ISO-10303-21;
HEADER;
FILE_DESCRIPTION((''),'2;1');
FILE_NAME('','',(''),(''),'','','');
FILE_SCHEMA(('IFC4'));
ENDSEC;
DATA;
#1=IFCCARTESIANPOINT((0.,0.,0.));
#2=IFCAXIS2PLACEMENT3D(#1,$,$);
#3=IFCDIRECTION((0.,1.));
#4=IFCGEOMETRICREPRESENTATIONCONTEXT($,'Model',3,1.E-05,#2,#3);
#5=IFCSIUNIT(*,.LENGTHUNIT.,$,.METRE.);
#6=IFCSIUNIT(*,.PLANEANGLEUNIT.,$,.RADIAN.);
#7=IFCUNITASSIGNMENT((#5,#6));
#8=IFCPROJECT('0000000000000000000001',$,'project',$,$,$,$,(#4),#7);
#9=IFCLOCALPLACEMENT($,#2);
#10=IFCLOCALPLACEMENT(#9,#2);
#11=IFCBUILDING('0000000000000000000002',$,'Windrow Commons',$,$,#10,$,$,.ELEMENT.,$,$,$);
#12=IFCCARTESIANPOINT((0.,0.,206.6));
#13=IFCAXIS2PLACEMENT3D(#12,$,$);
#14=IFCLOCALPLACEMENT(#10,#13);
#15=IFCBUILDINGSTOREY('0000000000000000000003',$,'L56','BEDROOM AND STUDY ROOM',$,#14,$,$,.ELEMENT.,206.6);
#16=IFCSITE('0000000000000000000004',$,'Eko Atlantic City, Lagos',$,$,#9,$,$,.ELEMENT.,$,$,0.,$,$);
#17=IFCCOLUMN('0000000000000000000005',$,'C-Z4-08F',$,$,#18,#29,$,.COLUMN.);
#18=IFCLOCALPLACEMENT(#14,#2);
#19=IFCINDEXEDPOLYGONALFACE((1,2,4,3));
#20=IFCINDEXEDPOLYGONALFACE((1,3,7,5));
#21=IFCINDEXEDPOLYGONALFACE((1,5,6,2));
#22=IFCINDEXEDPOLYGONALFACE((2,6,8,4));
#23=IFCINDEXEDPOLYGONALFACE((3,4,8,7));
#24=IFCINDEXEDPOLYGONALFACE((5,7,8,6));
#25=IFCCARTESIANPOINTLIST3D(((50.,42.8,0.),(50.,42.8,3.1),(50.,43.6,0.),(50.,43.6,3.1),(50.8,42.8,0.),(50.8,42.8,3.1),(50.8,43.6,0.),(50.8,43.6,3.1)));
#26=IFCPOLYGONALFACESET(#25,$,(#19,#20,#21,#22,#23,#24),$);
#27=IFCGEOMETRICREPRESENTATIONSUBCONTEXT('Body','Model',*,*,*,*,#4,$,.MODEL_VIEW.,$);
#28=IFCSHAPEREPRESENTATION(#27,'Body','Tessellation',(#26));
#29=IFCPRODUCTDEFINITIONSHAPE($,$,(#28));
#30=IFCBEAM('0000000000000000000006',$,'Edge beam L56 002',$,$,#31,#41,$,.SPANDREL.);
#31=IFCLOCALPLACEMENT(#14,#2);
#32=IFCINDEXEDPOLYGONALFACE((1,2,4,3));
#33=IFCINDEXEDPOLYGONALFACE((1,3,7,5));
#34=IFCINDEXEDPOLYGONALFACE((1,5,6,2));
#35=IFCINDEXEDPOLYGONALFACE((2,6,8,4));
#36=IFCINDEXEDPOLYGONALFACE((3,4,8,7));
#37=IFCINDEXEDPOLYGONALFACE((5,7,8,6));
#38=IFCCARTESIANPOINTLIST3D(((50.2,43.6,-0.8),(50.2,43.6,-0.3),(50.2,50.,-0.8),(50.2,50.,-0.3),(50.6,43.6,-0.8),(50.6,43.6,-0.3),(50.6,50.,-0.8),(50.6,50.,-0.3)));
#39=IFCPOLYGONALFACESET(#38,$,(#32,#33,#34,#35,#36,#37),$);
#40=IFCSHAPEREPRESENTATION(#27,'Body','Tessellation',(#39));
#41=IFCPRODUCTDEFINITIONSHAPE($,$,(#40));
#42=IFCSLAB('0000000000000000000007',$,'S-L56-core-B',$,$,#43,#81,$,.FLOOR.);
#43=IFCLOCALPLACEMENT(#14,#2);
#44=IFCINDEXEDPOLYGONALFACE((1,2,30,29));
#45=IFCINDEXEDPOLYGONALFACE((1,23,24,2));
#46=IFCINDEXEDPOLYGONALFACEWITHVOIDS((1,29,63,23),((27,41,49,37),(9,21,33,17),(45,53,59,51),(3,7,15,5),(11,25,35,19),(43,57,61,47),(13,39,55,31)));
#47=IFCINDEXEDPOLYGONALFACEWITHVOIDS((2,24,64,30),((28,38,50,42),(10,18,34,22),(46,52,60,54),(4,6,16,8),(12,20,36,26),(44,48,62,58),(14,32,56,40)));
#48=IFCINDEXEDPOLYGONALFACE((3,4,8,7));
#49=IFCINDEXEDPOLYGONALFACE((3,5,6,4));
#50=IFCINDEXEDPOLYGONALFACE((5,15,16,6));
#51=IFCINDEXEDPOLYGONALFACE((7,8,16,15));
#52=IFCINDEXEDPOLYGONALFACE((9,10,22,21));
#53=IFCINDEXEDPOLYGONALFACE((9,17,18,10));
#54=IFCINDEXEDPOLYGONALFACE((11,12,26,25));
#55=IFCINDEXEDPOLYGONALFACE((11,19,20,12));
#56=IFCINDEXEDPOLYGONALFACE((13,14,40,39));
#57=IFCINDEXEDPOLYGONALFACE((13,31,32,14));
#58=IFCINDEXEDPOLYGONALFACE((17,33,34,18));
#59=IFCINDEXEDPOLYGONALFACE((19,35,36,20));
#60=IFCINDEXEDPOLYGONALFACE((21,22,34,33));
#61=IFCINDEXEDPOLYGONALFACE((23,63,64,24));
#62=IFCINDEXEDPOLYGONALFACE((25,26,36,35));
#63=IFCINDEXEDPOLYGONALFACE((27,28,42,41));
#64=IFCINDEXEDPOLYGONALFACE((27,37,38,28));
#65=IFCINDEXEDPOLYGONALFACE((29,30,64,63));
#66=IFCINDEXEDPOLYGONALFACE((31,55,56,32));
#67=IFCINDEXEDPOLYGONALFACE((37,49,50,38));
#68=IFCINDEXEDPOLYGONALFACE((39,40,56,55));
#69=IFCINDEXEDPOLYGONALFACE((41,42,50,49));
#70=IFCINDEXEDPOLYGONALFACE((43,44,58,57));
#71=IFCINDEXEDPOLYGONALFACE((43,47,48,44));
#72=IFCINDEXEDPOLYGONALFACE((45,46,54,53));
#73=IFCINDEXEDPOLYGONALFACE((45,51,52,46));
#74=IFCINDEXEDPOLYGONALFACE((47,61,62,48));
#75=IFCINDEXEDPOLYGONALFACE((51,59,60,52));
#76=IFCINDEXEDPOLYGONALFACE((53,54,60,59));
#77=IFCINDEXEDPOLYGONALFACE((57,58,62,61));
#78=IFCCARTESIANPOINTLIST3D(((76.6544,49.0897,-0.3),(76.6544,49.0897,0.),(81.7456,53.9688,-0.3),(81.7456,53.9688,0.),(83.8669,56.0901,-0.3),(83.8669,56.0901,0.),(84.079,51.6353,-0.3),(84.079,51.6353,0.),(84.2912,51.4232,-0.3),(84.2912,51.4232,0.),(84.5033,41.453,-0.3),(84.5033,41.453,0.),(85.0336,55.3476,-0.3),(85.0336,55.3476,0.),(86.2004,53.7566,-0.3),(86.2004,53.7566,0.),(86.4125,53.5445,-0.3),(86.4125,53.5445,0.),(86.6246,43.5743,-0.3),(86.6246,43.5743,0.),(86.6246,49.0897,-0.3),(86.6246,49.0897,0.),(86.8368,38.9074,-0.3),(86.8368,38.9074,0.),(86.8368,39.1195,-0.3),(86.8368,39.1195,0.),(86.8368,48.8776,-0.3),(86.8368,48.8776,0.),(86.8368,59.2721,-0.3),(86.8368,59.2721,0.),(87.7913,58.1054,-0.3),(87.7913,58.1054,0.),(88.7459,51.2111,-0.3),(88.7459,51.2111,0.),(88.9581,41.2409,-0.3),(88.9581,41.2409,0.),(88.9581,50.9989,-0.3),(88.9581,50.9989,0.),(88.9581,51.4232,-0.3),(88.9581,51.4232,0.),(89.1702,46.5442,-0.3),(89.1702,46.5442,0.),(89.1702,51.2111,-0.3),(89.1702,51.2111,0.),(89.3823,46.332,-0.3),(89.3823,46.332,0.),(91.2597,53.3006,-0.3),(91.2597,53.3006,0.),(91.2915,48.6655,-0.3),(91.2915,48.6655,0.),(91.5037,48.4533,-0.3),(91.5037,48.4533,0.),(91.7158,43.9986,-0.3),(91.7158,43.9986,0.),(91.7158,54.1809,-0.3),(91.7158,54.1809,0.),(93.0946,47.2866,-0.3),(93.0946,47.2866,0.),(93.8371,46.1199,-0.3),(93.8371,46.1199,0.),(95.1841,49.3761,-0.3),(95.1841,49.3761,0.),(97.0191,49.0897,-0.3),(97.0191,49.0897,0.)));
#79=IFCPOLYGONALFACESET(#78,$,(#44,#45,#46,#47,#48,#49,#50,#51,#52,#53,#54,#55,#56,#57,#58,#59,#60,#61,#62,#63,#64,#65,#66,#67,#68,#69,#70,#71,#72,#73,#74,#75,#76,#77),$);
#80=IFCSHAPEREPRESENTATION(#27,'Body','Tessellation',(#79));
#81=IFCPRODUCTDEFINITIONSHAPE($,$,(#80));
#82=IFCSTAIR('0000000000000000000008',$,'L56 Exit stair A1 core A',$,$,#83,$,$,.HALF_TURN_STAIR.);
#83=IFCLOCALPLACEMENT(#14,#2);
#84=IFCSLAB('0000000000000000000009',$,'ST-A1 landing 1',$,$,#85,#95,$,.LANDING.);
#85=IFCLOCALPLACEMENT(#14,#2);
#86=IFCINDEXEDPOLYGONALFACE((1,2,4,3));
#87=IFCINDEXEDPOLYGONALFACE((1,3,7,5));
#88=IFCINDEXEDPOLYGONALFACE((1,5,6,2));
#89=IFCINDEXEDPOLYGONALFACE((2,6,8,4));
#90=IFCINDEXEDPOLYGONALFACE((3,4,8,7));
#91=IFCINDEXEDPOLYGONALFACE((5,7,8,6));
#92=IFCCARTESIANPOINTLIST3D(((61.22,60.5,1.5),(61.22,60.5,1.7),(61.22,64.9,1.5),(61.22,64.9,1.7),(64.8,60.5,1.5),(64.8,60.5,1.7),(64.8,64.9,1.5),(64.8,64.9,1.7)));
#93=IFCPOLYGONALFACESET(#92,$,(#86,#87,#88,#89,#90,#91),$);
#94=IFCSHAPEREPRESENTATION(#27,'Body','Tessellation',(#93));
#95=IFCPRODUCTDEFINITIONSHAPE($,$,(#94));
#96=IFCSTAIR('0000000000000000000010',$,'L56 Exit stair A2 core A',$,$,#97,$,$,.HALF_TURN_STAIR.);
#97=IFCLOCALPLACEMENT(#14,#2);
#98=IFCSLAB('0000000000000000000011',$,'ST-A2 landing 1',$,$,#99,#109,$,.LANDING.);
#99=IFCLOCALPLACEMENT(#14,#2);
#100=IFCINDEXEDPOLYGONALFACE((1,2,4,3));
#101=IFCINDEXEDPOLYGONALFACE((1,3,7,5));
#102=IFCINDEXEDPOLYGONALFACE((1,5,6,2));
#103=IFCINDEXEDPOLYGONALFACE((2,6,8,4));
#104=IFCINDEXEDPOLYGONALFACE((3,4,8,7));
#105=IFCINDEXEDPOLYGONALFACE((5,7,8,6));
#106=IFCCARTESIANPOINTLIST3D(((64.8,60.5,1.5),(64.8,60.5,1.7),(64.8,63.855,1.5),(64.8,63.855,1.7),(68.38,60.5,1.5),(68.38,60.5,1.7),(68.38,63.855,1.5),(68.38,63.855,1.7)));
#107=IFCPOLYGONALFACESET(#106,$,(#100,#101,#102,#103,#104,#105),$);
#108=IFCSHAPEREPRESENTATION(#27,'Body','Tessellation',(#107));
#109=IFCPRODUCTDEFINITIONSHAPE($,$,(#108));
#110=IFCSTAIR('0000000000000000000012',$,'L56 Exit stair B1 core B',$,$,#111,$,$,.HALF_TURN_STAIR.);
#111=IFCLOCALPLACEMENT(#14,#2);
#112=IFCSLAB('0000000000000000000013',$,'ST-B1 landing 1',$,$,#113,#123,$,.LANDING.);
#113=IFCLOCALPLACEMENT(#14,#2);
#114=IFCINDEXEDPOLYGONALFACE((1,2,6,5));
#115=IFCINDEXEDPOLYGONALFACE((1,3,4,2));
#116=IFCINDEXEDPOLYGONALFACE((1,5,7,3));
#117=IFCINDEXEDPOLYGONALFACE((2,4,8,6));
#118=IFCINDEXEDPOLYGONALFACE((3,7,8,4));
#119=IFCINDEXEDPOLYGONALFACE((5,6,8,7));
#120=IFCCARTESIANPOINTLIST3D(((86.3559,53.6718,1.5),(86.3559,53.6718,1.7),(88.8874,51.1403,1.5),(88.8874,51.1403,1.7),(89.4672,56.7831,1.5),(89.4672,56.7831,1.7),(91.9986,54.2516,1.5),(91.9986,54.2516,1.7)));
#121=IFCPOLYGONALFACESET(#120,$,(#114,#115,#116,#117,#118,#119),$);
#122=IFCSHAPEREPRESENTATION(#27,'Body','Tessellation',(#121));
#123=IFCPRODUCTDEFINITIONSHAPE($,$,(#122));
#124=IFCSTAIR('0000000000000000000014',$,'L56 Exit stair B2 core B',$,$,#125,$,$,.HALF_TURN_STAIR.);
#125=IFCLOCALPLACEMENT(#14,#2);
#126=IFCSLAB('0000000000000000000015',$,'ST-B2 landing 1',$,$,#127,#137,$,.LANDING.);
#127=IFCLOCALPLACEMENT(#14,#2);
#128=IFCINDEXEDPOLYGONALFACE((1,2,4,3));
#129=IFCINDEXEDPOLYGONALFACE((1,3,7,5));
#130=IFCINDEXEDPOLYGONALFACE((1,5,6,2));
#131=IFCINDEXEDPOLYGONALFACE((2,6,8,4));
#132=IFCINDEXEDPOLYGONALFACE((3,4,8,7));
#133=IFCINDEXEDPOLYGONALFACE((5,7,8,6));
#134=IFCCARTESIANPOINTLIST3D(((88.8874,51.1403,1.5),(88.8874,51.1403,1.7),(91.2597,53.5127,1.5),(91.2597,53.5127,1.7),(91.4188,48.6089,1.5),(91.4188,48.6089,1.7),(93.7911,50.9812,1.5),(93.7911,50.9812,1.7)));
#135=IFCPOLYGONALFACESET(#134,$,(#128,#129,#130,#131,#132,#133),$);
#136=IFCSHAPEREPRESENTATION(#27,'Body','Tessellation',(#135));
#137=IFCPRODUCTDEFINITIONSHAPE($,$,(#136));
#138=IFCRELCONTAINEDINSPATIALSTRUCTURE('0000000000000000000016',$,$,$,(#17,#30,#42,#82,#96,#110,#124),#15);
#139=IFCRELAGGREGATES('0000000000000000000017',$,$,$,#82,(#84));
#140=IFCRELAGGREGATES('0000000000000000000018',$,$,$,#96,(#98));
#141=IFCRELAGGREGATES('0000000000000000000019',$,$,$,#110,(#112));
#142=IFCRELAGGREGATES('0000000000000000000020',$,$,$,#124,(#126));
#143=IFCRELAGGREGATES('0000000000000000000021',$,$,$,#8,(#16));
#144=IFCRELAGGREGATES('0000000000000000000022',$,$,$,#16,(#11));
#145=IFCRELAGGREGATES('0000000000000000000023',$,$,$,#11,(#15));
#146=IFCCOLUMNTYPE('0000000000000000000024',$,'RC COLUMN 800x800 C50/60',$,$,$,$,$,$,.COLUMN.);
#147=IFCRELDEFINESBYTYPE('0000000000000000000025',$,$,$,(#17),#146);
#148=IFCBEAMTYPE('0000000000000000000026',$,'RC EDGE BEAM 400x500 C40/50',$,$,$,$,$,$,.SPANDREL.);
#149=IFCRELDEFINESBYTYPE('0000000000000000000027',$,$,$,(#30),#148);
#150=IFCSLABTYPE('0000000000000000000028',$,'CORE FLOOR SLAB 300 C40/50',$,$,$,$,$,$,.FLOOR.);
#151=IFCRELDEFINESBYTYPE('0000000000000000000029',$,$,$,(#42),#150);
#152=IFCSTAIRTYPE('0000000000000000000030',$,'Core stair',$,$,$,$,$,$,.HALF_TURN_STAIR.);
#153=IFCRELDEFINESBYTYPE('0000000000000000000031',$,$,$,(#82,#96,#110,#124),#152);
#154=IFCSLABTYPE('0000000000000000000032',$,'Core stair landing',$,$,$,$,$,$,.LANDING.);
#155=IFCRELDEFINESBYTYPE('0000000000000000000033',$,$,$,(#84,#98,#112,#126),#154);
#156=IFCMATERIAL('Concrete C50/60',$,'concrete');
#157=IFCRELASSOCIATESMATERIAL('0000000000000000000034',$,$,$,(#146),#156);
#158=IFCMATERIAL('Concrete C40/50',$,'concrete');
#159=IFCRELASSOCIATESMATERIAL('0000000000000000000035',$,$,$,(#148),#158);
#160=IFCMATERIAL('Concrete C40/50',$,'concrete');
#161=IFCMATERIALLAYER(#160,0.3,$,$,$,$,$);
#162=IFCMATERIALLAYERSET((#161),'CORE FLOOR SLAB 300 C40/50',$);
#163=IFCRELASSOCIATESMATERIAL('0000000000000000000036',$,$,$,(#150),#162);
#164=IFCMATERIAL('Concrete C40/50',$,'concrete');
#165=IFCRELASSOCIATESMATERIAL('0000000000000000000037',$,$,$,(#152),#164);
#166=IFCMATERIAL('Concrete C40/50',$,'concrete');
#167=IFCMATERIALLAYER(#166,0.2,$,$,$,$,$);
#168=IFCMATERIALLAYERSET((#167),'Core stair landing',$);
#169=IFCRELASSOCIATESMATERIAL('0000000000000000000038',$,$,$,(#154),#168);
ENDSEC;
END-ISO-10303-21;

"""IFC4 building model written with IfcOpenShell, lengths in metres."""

from ifc_helpers import new_model, si_unit, direction, frame, origin, origin_2d, place, context, subcontext, project, spatial, polyline, rectangle, outline, extrude, material, layer, layer_set, material_profile, profile_set, type_object, element, aggregate, save


model = new_model("IFC4")

# Units and contexts
model_context = context("Model", 3, precision=1e-05, world=origin(), true_north=direction((0.0, 1.0)))
body_context = subcontext(model_context, "Body", "Model", "MODEL_VIEW")
ifc_project = project(units=[si_unit("LENGTHUNIT", "METRE"), si_unit("PLANEANGLEUNIT", "RADIAN")], contexts=[model_context])

# Site, building, storey
site_placement = place(None, origin())
site = spatial("IfcSite", under=ifc_project, at=site_placement, Name="Eko Atlantic City, Lagos", CompositionType="ELEMENT", RefElevation=0.0)
building_placement = place(site_placement, origin())
building = spatial("IfcBuilding", under=site, at=building_placement, Name="Windrow Commons", CompositionType="ELEMENT")
storey_placement = place(building_placement, frame((0.0, 0.0, 206.6)))
storey = spatial("IfcBuildingStorey", under=building, at=storey_placement, Name="L56", Description="BEDROOM AND STUDY ROOM", CompositionType="ELEMENT", Elevation=206.6)

# Column
ifc_material_1 = material(Name="Concrete C50/60", Category="concrete")
ifc_material_profile_1 = material_profile(ifc_material_1, rectangle(XDim=0.8, YDim=0.8, at=origin_2d()))
ifc_profile_set_1 = profile_set([ifc_material_profile_1], Name="Concrete C50/60")
column_type = type_object("IfcColumnType", Name="RC COLUMN 800x800 C50/60", PredefinedType="COLUMN", material=ifc_profile_set_1)
column_placement = place(storey_placement, frame((50.4, 43.2, 0.0), z_axis=(0.0, 0.0, 1.0), x_axis=(1.0, 0.0, 0.0)))
element("IfcColumn", 1, at=column_placement, inside=storey, type_object=column_type, Name="C-Z4-08F", PredefinedType="COLUMN", context=body_context, shape_type="SweptSolid", body=[
    extrude(rectangle(XDim=0.8, YDim=0.8, at=origin_2d()), origin(), (0.0, 0.0, 1.0), 3.1),
])

# Beam
ifc_material_2 = material(Name="Concrete C40/50", Category="concrete")
ifc_material_profile_2 = material_profile(ifc_material_2, rectangle(XDim=0.4, YDim=0.5, at=origin_2d()))
ifc_profile_set_2 = profile_set([ifc_material_profile_2], Name="Concrete C40/50")
beam_type = type_object("IfcBeamType", Name="RC EDGE BEAM 400x500 C40/50", PredefinedType="SPANDREL", material=ifc_profile_set_2)
beam_placement = place(storey_placement, frame((50.4, 43.6, -0.55), z_axis=(0.0, 1.0, 0.0), x_axis=(-1.0, 0.0, 0.0)))
element("IfcBeam", 2, at=beam_placement, inside=storey, type_object=beam_type, Name="Edge beam L56 002", PredefinedType="SPANDREL", context=body_context, shape_type="SweptSolid", body=[
    extrude(rectangle(XDim=0.4, YDim=0.5, at=origin_2d()), origin(), (0.0, 0.0, 1.0), 6.4),
])

# Slab, openings
ifc_material_3 = material(Name="Concrete C40/50", Category="concrete")
ifc_layer_1 = layer(ifc_material_3, 0.3)
ifc_layer_set_1 = layer_set([ifc_layer_1], Name="CORE FLOOR SLAB 300 C40/50")
slab_type_1 = type_object("IfcSlabType", Name="CORE FLOOR SLAB 300 C40/50", PredefinedType="FLOOR", material=ifc_layer_set_1)
placement_1 = place(storey_placement, frame((0.0, 0.0, -0.3)))
slab_1 = element("IfcSlab", 3, at=placement_1, inside=storey, type_object=slab_type_1, Name="S-L56-core-B", PredefinedType="FLOOR", context=body_context, shape_type="SweptSolid", body=[
    extrude(outline(polyline([(76.6544, 49.0897), (86.8368, 38.9074), (97.0191, 49.0897), (86.8368, 59.2721), (76.6544, 49.0897)]), holes=[polyline([(84.5033, 41.453), (86.8368, 39.1195), (88.9581, 41.2409), (86.6246, 43.5743), (84.5033, 41.453)]), polyline([(81.7456, 53.9688), (84.079, 51.6353), (86.2004, 53.7566), (83.8669, 56.0901), (81.7456, 53.9688)]), polyline([(84.2912, 51.4232), (86.6246, 49.0897), (88.7459, 51.2111), (86.4125, 53.5445), (84.2912, 51.4232)]), polyline([(86.8368, 48.8776), (89.1702, 46.5442), (91.2915, 48.6655), (88.9581, 50.9989), (86.8368, 48.8776)]), polyline([(89.3823, 46.332), (91.7158, 43.9986), (93.8371, 46.1199), (91.5037, 48.4533), (89.3823, 46.332)]), polyline([(85.0336, 55.3476), (88.9581, 51.4232), (91.7158, 54.1809), (87.7913, 58.1054), (85.0336, 55.3476)]), polyline([(89.1702, 51.2111), (93.0946, 47.2866), (95.1841, 49.3761), (91.2597, 53.3006), (89.1702, 51.2111)])]), origin(), (0.0, 0.0, 1.0), 0.3),
])
opening_1_placement = place(placement_1, origin())
element("IfcOpeningElement", 4, at=opening_1_placement, cuts=slab_1, PredefinedType="OPENING", context=body_context, shape_type="SweptSolid", body=[
    extrude(outline(polyline([(84.5104, 41.453), (86.6246, 43.5672), (88.951, 41.2409), (86.8368, 39.1266), (84.5104, 41.453)])), origin(), (0.0, 0.0, 1.0), 0.3),
])
opening_2_placement = place(placement_1, origin())
element("IfcOpeningElement", 5, at=opening_2_placement, cuts=slab_1, PredefinedType="OPENING", context=body_context, shape_type="SweptSolid", body=[
    extrude(outline(polyline([(81.7527, 53.9688), (83.8669, 56.083), (86.1933, 53.7566), (84.079, 51.6424), (81.7527, 53.9688)])), origin(), (0.0, 0.0, 1.0), 0.3),
])
opening_3_placement = place(placement_1, origin())
element("IfcOpeningElement", 6, at=opening_3_placement, cuts=slab_1, PredefinedType="OPENING", context=body_context, shape_type="SweptSolid", body=[
    extrude(outline(polyline([(84.2983, 51.4232), (86.4125, 53.5374), (88.7388, 51.2111), (86.6246, 49.0968), (84.2983, 51.4232)])), origin(), (0.0, 0.0, 1.0), 0.3),
])
opening_4_placement = place(placement_1, origin())
element("IfcOpeningElement", 7, at=opening_4_placement, cuts=slab_1, PredefinedType="OPENING", context=body_context, shape_type="SweptSolid", body=[
    extrude(outline(polyline([(86.8439, 48.8776), (88.9581, 50.9918), (91.2844, 48.6655), (89.1702, 46.5513), (86.8439, 48.8776)])), origin(), (0.0, 0.0, 1.0), 0.3),
])
opening_5_placement = place(placement_1, origin())
element("IfcOpeningElement", 8, at=opening_5_placement, cuts=slab_1, PredefinedType="OPENING", context=body_context, shape_type="SweptSolid", body=[
    extrude(outline(polyline([(89.3894, 46.332), (91.5037, 48.4462), (93.83, 46.1199), (91.7158, 44.0057), (89.3894, 46.332)])), origin(), (0.0, 0.0, 1.0), 0.3),
])
opening_6_placement = place(placement_1, origin())
element("IfcOpeningElement", 9, at=opening_6_placement, cuts=slab_1, PredefinedType="OPENING", context=body_context, shape_type="SweptSolid", body=[
    extrude(outline(polyline([(85.0407, 55.3476), (87.7913, 58.0983), (91.7087, 54.1809), (88.9581, 51.4303), (85.0407, 55.3476)])), origin(), (0.0, 0.0, 1.0), 0.3),
])
opening_7_placement = place(placement_1, origin())
element("IfcOpeningElement", 10, at=opening_7_placement, cuts=slab_1, PredefinedType="OPENING", context=body_context, shape_type="SweptSolid", body=[
    extrude(outline(polyline([(89.1773, 51.2111), (91.2597, 53.2935), (95.177, 49.3761), (93.0946, 47.2937), (89.1773, 51.2111)])), origin(), (0.0, 0.0, 1.0), 0.3),
])

# Stairs, slabs
ifc_material_4 = material(Name="Concrete C40/50", Category="concrete")
stair_type = type_object("IfcStairType", Name="Core stair", PredefinedType="HALF_TURN_STAIR", material=ifc_material_4)
placement_2 = place(storey_placement, origin())
stair_1 = element("IfcStair", 11, at=placement_2, inside=storey, type_object=stair_type, Name="L56 Exit stair A1 core A", PredefinedType="HALF_TURN_STAIR")
ifc_material_5 = material(Name="Concrete C40/50", Category="concrete")
ifc_layer_2 = layer(ifc_material_5, 0.2)
ifc_layer_set_2 = layer_set([ifc_layer_2], Name="Core stair landing")
slab_type_2 = type_object("IfcSlabType", Name="Core stair landing", PredefinedType="LANDING", material=ifc_layer_set_2)
placement_3 = place(storey_placement, frame((0.0, 0.0, 1.5)))
slab_2 = element("IfcSlab", 12, at=placement_3, type_object=slab_type_2, Name="ST-A1 landing 1", PredefinedType="LANDING", context=body_context, shape_type="SweptSolid", body=[
    extrude(outline(polyline([(61.22, 60.5), (64.8, 60.5), (64.8, 64.9), (61.22, 64.9), (61.22, 60.5)])), origin(), (0.0, 0.0, 1.0), 0.2),
])
aggregate(stair_1, [slab_2])
stair_2 = element("IfcStair", 13, at=placement_2, inside=storey, type_object=stair_type, Name="L56 Exit stair A2 core A", PredefinedType="HALF_TURN_STAIR")
slab_3 = element("IfcSlab", 14, at=placement_3, type_object=slab_type_2, Name="ST-A2 landing 1", PredefinedType="LANDING", context=body_context, shape_type="SweptSolid", body=[
    extrude(outline(polyline([(64.8, 60.5), (68.38, 60.5), (68.38, 63.855), (64.8, 63.855), (64.8, 60.5)])), origin(), (0.0, 0.0, 1.0), 0.2),
])
aggregate(stair_2, [slab_3])
stair_3 = element("IfcStair", 15, at=placement_2, inside=storey, type_object=stair_type, Name="L56 Exit stair B1 core B", PredefinedType="HALF_TURN_STAIR")
slab_4 = element("IfcSlab", 16, at=placement_3, type_object=slab_type_2, Name="ST-B1 landing 1", PredefinedType="LANDING", context=body_context, shape_type="SweptSolid", body=[
    extrude(outline(polyline([(86.3559, 53.6718), (88.8874, 51.1403), (91.9986, 54.2516), (89.4672, 56.7831), (86.3559, 53.6718)])), origin(), (0.0, 0.0, 1.0), 0.2),
])
aggregate(stair_3, [slab_4])
stair_4 = element("IfcStair", 17, at=placement_2, inside=storey, type_object=stair_type, Name="L56 Exit stair B2 core B", PredefinedType="HALF_TURN_STAIR")
slab_5 = element("IfcSlab", 18, at=placement_3, type_object=slab_type_2, Name="ST-B2 landing 1", PredefinedType="LANDING", context=body_context, shape_type="SweptSolid", body=[
    extrude(outline(polyline([(88.8874, 51.1403), (91.4188, 48.6089), (93.7911, 50.9812), (91.2597, 53.5127), (88.8874, 51.1403)])), origin(), (0.0, 0.0, 1.0), 0.2),
])
aggregate(stair_4, [slab_5])

save(model, "model.ifc")
